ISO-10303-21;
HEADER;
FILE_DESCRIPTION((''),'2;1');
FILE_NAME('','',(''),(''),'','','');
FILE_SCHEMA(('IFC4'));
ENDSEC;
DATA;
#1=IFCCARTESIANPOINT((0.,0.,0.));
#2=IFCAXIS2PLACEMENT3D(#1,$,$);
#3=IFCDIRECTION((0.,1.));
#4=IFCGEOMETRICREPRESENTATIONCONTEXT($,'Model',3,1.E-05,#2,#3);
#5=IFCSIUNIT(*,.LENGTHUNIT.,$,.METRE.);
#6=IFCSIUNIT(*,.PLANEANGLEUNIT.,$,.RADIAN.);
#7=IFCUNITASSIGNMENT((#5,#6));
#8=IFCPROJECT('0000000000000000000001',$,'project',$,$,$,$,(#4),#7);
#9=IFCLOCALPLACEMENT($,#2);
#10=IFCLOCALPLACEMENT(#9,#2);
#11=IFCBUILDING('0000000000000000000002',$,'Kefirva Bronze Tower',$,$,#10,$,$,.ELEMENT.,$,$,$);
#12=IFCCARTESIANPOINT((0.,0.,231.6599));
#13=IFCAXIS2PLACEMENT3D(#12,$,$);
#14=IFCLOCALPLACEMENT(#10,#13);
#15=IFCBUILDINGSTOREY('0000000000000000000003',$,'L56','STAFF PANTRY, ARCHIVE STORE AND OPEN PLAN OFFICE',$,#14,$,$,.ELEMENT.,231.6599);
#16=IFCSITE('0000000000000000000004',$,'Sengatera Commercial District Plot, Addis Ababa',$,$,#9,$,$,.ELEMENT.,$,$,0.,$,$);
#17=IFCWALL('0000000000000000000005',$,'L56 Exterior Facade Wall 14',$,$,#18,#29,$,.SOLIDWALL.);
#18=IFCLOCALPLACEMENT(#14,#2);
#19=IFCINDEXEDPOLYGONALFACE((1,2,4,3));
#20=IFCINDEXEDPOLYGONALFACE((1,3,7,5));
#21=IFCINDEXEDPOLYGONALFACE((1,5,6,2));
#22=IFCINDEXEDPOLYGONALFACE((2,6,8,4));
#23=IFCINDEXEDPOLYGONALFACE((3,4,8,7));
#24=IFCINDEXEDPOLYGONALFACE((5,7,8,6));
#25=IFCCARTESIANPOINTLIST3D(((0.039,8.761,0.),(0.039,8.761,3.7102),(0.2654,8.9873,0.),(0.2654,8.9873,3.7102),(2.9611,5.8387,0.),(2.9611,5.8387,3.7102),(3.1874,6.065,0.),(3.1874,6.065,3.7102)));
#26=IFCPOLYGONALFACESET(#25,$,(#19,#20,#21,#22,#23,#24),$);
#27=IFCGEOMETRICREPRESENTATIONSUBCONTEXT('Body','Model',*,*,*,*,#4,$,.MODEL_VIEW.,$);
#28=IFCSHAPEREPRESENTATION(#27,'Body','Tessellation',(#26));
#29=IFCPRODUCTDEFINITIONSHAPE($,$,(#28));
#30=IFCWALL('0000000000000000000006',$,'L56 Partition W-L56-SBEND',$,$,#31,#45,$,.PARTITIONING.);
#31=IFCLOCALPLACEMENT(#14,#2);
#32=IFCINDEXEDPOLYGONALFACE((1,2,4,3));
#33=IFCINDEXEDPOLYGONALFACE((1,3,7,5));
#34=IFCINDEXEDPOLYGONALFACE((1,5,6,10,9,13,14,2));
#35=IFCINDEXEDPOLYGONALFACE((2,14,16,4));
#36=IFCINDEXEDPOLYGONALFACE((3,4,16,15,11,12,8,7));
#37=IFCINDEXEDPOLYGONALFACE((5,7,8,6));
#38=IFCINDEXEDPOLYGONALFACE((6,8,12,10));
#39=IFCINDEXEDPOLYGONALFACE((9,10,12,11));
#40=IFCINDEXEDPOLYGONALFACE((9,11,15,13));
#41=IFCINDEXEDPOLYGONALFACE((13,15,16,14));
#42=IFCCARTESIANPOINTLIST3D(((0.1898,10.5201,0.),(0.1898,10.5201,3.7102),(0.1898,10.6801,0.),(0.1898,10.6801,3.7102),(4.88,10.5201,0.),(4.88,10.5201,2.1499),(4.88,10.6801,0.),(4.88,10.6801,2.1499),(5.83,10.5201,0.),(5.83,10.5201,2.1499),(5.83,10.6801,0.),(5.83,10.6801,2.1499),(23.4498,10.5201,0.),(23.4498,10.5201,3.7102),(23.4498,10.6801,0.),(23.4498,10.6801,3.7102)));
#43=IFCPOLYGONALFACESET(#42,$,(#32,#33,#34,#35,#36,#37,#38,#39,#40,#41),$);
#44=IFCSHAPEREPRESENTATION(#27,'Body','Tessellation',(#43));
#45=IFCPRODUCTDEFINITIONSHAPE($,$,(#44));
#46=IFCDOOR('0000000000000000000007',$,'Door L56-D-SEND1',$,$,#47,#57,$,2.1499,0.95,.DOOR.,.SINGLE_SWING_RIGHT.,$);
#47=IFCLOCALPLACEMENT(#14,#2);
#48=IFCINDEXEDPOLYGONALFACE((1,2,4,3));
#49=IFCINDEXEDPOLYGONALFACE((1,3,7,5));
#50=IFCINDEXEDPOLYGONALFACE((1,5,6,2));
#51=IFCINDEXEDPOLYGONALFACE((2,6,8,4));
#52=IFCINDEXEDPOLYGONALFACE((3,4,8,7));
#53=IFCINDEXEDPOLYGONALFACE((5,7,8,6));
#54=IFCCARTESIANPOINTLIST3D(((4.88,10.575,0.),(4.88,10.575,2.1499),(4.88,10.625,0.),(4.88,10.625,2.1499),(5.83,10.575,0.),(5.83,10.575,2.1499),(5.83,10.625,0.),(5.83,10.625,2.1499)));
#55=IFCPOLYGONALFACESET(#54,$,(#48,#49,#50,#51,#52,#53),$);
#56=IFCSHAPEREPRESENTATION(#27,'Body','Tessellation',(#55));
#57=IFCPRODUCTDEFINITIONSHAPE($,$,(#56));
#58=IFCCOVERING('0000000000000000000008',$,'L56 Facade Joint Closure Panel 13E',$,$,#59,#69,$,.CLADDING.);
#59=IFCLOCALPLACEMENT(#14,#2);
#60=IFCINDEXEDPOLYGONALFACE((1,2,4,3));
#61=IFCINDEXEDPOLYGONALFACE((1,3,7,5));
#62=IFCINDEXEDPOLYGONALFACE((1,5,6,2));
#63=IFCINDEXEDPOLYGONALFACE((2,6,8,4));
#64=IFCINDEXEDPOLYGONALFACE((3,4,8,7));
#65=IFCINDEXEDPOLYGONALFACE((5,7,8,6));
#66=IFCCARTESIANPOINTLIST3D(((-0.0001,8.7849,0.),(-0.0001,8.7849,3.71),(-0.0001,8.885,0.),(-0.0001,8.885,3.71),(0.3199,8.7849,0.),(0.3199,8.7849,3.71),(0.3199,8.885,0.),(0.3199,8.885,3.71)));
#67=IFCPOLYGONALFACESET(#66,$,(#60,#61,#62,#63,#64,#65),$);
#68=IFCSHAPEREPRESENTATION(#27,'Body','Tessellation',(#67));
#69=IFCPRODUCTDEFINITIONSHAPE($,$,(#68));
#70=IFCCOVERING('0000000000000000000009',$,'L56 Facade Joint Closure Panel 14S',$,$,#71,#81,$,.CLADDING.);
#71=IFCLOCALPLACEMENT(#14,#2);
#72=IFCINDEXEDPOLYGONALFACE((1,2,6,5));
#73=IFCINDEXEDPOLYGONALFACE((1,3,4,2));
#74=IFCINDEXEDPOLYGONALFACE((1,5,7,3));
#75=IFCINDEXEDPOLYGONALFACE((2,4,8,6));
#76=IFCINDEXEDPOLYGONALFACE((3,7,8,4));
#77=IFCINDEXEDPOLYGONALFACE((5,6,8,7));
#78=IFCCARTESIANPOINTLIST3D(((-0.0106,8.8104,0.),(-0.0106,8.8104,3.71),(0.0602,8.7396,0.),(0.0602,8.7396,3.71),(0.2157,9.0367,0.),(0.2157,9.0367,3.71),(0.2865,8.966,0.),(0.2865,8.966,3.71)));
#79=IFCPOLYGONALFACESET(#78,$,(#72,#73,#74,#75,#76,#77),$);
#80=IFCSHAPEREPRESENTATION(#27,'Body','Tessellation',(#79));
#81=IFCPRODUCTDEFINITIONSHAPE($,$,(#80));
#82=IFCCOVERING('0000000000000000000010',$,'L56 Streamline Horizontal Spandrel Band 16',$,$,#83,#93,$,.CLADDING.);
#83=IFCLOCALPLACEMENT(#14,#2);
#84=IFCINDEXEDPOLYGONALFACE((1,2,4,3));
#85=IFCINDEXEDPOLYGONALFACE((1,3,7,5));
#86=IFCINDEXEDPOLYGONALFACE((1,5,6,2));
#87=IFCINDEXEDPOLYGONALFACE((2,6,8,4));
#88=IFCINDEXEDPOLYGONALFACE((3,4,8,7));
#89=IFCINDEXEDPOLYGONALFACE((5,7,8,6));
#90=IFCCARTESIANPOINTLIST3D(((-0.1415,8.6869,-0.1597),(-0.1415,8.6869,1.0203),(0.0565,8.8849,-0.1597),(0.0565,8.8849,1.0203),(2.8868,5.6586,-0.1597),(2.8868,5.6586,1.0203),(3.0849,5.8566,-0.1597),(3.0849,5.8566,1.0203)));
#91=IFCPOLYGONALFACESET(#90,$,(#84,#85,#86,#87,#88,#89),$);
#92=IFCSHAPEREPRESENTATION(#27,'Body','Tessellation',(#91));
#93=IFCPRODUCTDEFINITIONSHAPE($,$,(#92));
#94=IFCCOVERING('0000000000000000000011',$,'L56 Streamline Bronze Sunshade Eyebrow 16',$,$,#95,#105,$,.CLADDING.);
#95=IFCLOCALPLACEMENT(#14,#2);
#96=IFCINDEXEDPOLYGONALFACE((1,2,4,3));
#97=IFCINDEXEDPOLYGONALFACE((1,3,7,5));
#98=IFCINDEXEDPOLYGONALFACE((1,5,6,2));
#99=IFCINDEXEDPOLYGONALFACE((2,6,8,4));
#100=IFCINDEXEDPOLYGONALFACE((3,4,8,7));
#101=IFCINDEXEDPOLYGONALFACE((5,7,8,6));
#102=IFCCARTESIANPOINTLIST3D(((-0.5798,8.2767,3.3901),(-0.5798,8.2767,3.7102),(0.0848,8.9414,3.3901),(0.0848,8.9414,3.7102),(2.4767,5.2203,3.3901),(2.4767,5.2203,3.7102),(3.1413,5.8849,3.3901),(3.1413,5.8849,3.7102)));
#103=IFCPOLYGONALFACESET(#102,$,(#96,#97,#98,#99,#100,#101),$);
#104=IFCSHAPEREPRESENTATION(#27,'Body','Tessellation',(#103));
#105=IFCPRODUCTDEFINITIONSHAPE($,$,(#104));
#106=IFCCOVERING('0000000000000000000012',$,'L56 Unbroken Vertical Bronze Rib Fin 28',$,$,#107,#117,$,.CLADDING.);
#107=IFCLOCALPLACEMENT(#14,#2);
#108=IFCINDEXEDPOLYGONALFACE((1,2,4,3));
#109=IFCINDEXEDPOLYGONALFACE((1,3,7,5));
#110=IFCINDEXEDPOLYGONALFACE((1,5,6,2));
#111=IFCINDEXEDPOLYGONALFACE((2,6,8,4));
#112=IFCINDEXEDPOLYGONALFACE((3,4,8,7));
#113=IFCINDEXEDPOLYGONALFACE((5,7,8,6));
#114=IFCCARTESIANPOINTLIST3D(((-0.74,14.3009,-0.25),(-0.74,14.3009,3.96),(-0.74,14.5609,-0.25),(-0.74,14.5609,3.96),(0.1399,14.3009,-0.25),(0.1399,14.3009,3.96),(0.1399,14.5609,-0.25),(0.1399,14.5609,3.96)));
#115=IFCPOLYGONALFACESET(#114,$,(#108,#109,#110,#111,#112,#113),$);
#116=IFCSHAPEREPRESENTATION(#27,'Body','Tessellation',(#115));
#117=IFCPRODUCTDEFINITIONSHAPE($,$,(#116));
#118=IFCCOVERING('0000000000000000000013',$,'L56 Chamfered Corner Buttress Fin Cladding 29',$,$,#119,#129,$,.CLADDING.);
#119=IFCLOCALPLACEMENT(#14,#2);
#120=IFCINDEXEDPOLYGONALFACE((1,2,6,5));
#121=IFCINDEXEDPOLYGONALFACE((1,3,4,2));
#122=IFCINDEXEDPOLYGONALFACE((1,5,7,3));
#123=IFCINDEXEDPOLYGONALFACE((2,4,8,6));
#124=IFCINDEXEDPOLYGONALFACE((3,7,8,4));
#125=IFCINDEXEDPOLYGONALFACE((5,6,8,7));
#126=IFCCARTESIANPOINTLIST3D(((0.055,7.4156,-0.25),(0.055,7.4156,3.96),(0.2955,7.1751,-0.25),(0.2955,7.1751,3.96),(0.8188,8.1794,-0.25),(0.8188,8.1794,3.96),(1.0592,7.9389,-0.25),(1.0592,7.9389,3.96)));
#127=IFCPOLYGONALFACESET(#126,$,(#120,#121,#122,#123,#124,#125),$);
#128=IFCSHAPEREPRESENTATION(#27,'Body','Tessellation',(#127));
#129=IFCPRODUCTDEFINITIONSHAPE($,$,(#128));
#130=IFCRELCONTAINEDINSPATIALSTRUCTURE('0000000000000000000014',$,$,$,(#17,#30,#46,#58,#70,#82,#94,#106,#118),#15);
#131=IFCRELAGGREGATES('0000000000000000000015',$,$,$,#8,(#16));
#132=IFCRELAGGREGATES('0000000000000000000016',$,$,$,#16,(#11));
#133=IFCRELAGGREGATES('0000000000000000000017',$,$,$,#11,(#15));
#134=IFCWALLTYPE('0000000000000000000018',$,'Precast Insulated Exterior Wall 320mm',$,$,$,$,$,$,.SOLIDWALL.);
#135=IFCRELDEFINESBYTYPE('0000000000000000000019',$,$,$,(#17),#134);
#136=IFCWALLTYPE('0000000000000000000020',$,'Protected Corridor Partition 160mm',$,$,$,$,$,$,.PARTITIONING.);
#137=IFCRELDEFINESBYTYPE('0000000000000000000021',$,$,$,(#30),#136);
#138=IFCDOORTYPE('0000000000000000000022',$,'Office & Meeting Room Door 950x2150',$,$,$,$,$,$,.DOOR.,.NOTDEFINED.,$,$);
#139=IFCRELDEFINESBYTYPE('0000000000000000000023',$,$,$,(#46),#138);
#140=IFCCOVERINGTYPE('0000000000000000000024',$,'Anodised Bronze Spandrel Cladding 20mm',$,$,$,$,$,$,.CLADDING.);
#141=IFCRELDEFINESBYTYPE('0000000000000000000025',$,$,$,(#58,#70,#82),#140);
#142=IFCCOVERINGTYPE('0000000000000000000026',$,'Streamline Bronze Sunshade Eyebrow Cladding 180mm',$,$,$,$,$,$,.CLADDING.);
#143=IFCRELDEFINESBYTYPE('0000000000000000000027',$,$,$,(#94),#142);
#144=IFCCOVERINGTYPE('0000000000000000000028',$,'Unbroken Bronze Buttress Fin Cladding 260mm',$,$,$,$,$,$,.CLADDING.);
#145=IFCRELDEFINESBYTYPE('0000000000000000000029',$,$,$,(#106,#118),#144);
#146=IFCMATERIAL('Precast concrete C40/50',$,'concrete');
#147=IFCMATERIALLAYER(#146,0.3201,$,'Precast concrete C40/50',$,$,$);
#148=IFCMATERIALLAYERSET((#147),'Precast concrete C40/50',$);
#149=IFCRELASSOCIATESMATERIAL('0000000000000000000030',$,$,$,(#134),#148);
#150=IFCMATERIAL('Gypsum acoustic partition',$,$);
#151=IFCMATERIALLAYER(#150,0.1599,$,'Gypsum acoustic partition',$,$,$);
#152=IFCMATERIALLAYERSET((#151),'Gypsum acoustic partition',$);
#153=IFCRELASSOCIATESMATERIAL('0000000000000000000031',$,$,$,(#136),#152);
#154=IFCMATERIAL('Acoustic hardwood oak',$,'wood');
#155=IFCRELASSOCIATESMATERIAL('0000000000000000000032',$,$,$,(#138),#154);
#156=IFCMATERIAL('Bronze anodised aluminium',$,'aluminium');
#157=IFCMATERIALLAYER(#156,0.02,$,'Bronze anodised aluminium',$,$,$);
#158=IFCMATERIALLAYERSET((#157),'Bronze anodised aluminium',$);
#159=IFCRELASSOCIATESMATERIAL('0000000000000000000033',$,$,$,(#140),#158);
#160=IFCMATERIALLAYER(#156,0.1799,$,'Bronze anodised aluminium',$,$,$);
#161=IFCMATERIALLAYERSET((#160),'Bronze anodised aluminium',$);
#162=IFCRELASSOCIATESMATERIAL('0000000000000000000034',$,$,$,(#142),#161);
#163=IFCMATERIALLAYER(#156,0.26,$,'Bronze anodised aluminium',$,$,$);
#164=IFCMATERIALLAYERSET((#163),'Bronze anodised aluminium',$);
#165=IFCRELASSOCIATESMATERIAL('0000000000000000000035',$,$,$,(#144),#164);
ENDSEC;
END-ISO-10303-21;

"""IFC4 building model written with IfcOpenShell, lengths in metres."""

from ifc_helpers import new_model, si_unit, direction, frame, frame_2d, origin, origin_2d, place, context, subcontext, project, spatial, rectangle, extrude, material, layer, layer_set, type_object, element, fill, save


model = new_model("IFC4")

# Units and contexts
model_context = context("Model", 3, precision=1e-05, world=origin(), true_north=direction((0.0, 1.0)))
body_context = subcontext(model_context, "Body", "Model", "MODEL_VIEW")
ifc_project = project(units=[si_unit("LENGTHUNIT", "METRE"), si_unit("PLANEANGLEUNIT", "RADIAN")], contexts=[model_context])

# Site, building, storey
site_placement = place(None, origin())
site = spatial("IfcSite", under=ifc_project, at=site_placement, Name="Sengatera Commercial District Plot, Addis Ababa", CompositionType="ELEMENT", RefElevation=0.0)
building_placement = place(site_placement, origin())
building = spatial("IfcBuilding", under=site, at=building_placement, Name="Kefirva Bronze Tower", CompositionType="ELEMENT")
storey_placement = place(building_placement, frame((0.0, 0.0, 231.6599)))
storey = spatial("IfcBuildingStorey", under=building, at=storey_placement, Name="L56", Description="STAFF PANTRY, ARCHIVE STORE AND OPEN PLAN OFFICE", CompositionType="ELEMENT", Elevation=231.6599)

# Wall
ifc_material_1 = material(Name="Precast concrete C40/50", Category="concrete")
ifc_layer_1 = layer(ifc_material_1, 0.3201, Name="Precast concrete C40/50")
ifc_layer_set_1 = layer_set([ifc_layer_1], Name="Precast concrete C40/50")
wall_type_1 = type_object("IfcWallType", Name="Precast Insulated Exterior Wall 320mm", PredefinedType="SOLIDWALL", material=ifc_layer_set_1)
wall_1_placement = place(storey_placement, frame((0.1521, 8.8743, 0.0), z_axis=(0.0, 0.0, 1.0), x_axis=(0.707077, -0.707136, 0.0)))
element("IfcWall", 1, at=wall_1_placement, inside=storey, type_object=wall_type_1, Name="L56 Exterior Facade Wall 14", PredefinedType="SOLIDWALL", context=body_context, shape_type="SweptSolid", body=[
    extrude(rectangle(XDim=4.1326, YDim=0.3201, at=frame_2d((2.0664, 0.0))), origin(), (0.0, 0.0, 1.0), 3.7102),
])

# Wall, opening, door
ifc_material_2 = material(Name="Gypsum acoustic partition")
ifc_layer_2 = layer(ifc_material_2, 0.1599, Name="Gypsum acoustic partition")
ifc_layer_set_2 = layer_set([ifc_layer_2], Name="Gypsum acoustic partition")
wall_type_2 = type_object("IfcWallType", Name="Protected Corridor Partition 160mm", PredefinedType="PARTITIONING", material=ifc_layer_set_2)
wall_2_placement = place(storey_placement, frame((0.1899, 10.6001, 0.0), z_axis=(0.0, 0.0, 1.0), x_axis=(1.0, 0.0, 0.0)))
wall_2 = element("IfcWall", 2, at=wall_2_placement, inside=storey, type_object=wall_type_2, Name="L56 Partition W-L56-SBEND", PredefinedType="PARTITIONING", context=body_context, shape_type="SweptSolid", body=[
    extrude(rectangle(XDim=23.26, YDim=0.1599, at=frame_2d((11.6299, 0.0))), origin(), (0.0, 0.0, 1.0), 3.7102),
])
opening_placement = place(wall_2_placement, frame((4.6899, 0.0, 0.0)))
opening = element("IfcOpeningElement", 3, at=opening_placement, cuts=wall_2, PredefinedType="OPENING", context=body_context, shape_type="SweptSolid", body=[
    extrude(rectangle(XDim=0.95, YDim=2.1499, at=frame_2d((0.4751, 1.075))), frame((0.0, 0.0898, 0.0), z_axis=(0.0, -1.0, 0.0), x_axis=(1.0, 0.0, 0.0)), (0.0, 0.0, 1.0), 0.1799),
])
ifc_material_3 = material(Name="Acoustic hardwood oak", Category="wood")
door_type = type_object("IfcDoorType", Name="Office & Meeting Room Door 950x2150", OperationType="NOTDEFINED", PredefinedType="DOOR", material=ifc_material_3)
door_placement = place(opening_placement, origin())
door = element("IfcDoor", 4, at=door_placement, inside=storey, type_object=door_type, Name="Door L56-D-SEND1", OperationType="SINGLE_SWING_RIGHT", OverallHeight=2.1499, OverallWidth=0.95, PredefinedType="DOOR", context=body_context, shape_type="SweptSolid", body=[
    extrude(rectangle(XDim=0.95, YDim=2.1499, at=frame_2d((0.4751, 1.075))), frame((0.0, 0.0249, 0.0), z_axis=(0.0, -1.0, 0.0), x_axis=(1.0, 0.0, 0.0)), (0.0, 0.0, 1.0), 0.05),
])
fill(opening, door)

# Coverings
ifc_material_4 = material(Name="Bronze anodised aluminium", Category="aluminium")
ifc_layer_3 = layer(ifc_material_4, 0.02, Name="Bronze anodised aluminium")
ifc_layer_set_3 = layer_set([ifc_layer_3], Name="Bronze anodised aluminium")
covering_type_1 = type_object("IfcCoveringType", Name="Anodised Bronze Spandrel Cladding 20mm", PredefinedType="CLADDING", material=ifc_layer_set_3)
for number, where, z_axis, x_axis, name in (
    (5, (0.1599, 8.835, 0.0), (0.0, 0.0, 1.0), (0.0, -1.0, 0.0), "L56 Facade Joint Closure Panel 13E"),
    (6, (0.1379, 8.8882, 0.0), (0.0, 0.0, 1.0), (0.707107, -0.707107, 0.0), "L56 Facade Joint Closure Panel 14S"),
):
    element("IfcCovering", number, at=place(storey_placement, frame(where, z_axis=z_axis, x_axis=x_axis)), inside=storey, type_object=covering_type_1, Name=name, PredefinedType="CLADDING", context=body_context, shape_type="SweptSolid", body=[
        extrude(rectangle(XDim=0.1001, YDim=0.3201, at=origin_2d()), origin(), (0.0, 0.0, 1.0), 3.71),
    ])
covering_1_placement = place(storey_placement, frame((1.4717, 7.2717, -0.1597), z_axis=(0.0, 0.0, 1.0), x_axis=(0.707107, -0.707107, 0.0)))
element("IfcCovering", 7, at=covering_1_placement, inside=storey, type_object=covering_type_1, Name="L56 Streamline Horizontal Spandrel Band 16", PredefinedType="CLADDING", context=body_context, shape_type="SweptSolid", body=[
    extrude(rectangle(XDim=4.2827, YDim=0.28, at=origin_2d()), origin(), (0.0, 0.0, 1.0), 1.1799),
])
ifc_layer_4 = layer(ifc_material_4, 0.1799, Name="Bronze anodised aluminium")
ifc_layer_set_4 = layer_set([ifc_layer_4], Name="Bronze anodised aluminium")
covering_type_2 = type_object("IfcCoveringType", Name="Streamline Bronze Sunshade Eyebrow Cladding 180mm", PredefinedType="CLADDING", material=ifc_layer_set_4)
covering_2_placement = place(storey_placement, frame((1.2808, 7.0808, 3.3901), z_axis=(0.0, 0.0, 1.0), x_axis=(0.707107, -0.707107, 0.0)))
element("IfcCovering", 8, at=covering_2_placement, inside=storey, type_object=covering_type_2, Name="L56 Streamline Bronze Sunshade Eyebrow 16", PredefinedType="CLADDING", context=body_context, shape_type="SweptSolid", body=[
    extrude(rectangle(XDim=4.3225, YDim=0.9399, at=origin_2d()), origin(), (0.0, 0.0, 1.0), 0.3201),
])
ifc_layer_5 = layer(ifc_material_4, 0.26, Name="Bronze anodised aluminium")
ifc_layer_set_5 = layer_set([ifc_layer_5], Name="Bronze anodised aluminium")
covering_type_3 = type_object("IfcCoveringType", Name="Unbroken Bronze Buttress Fin Cladding 260mm", PredefinedType="CLADDING", material=ifc_layer_set_5)
covering_3_placement = place(storey_placement, frame((-0.3, 14.4309, -0.25), z_axis=(0.0, 0.0, 1.0), x_axis=(0.0, -1.0, 0.0)))
element("IfcCovering", 9, at=covering_3_placement, inside=storey, type_object=covering_type_3, Name="L56 Unbroken Vertical Bronze Rib Fin 28", PredefinedType="CLADDING", context=body_context, shape_type="SweptSolid", body=[
    extrude(rectangle(XDim=0.26, YDim=0.8799, at=origin_2d()), origin(), (0.0, 0.0, 1.0), 4.21),
])
covering_4_placement = place(storey_placement, frame((0.5571, 7.6772, -0.25), z_axis=(0.0, 0.0, 1.0), x_axis=(0.707107, -0.707107, 0.0)))
element("IfcCovering", 10, at=covering_4_placement, inside=storey, type_object=covering_type_3, Name="L56 Chamfered Corner Buttress Fin Cladding 29", PredefinedType="CLADDING", context=body_context, shape_type="SweptSolid", body=[
    extrude(rectangle(XDim=0.3401, YDim=1.0801, at=origin_2d()), origin(), (0.0, 0.0, 1.0), 4.21),
])

save(model, "model.ifc")
